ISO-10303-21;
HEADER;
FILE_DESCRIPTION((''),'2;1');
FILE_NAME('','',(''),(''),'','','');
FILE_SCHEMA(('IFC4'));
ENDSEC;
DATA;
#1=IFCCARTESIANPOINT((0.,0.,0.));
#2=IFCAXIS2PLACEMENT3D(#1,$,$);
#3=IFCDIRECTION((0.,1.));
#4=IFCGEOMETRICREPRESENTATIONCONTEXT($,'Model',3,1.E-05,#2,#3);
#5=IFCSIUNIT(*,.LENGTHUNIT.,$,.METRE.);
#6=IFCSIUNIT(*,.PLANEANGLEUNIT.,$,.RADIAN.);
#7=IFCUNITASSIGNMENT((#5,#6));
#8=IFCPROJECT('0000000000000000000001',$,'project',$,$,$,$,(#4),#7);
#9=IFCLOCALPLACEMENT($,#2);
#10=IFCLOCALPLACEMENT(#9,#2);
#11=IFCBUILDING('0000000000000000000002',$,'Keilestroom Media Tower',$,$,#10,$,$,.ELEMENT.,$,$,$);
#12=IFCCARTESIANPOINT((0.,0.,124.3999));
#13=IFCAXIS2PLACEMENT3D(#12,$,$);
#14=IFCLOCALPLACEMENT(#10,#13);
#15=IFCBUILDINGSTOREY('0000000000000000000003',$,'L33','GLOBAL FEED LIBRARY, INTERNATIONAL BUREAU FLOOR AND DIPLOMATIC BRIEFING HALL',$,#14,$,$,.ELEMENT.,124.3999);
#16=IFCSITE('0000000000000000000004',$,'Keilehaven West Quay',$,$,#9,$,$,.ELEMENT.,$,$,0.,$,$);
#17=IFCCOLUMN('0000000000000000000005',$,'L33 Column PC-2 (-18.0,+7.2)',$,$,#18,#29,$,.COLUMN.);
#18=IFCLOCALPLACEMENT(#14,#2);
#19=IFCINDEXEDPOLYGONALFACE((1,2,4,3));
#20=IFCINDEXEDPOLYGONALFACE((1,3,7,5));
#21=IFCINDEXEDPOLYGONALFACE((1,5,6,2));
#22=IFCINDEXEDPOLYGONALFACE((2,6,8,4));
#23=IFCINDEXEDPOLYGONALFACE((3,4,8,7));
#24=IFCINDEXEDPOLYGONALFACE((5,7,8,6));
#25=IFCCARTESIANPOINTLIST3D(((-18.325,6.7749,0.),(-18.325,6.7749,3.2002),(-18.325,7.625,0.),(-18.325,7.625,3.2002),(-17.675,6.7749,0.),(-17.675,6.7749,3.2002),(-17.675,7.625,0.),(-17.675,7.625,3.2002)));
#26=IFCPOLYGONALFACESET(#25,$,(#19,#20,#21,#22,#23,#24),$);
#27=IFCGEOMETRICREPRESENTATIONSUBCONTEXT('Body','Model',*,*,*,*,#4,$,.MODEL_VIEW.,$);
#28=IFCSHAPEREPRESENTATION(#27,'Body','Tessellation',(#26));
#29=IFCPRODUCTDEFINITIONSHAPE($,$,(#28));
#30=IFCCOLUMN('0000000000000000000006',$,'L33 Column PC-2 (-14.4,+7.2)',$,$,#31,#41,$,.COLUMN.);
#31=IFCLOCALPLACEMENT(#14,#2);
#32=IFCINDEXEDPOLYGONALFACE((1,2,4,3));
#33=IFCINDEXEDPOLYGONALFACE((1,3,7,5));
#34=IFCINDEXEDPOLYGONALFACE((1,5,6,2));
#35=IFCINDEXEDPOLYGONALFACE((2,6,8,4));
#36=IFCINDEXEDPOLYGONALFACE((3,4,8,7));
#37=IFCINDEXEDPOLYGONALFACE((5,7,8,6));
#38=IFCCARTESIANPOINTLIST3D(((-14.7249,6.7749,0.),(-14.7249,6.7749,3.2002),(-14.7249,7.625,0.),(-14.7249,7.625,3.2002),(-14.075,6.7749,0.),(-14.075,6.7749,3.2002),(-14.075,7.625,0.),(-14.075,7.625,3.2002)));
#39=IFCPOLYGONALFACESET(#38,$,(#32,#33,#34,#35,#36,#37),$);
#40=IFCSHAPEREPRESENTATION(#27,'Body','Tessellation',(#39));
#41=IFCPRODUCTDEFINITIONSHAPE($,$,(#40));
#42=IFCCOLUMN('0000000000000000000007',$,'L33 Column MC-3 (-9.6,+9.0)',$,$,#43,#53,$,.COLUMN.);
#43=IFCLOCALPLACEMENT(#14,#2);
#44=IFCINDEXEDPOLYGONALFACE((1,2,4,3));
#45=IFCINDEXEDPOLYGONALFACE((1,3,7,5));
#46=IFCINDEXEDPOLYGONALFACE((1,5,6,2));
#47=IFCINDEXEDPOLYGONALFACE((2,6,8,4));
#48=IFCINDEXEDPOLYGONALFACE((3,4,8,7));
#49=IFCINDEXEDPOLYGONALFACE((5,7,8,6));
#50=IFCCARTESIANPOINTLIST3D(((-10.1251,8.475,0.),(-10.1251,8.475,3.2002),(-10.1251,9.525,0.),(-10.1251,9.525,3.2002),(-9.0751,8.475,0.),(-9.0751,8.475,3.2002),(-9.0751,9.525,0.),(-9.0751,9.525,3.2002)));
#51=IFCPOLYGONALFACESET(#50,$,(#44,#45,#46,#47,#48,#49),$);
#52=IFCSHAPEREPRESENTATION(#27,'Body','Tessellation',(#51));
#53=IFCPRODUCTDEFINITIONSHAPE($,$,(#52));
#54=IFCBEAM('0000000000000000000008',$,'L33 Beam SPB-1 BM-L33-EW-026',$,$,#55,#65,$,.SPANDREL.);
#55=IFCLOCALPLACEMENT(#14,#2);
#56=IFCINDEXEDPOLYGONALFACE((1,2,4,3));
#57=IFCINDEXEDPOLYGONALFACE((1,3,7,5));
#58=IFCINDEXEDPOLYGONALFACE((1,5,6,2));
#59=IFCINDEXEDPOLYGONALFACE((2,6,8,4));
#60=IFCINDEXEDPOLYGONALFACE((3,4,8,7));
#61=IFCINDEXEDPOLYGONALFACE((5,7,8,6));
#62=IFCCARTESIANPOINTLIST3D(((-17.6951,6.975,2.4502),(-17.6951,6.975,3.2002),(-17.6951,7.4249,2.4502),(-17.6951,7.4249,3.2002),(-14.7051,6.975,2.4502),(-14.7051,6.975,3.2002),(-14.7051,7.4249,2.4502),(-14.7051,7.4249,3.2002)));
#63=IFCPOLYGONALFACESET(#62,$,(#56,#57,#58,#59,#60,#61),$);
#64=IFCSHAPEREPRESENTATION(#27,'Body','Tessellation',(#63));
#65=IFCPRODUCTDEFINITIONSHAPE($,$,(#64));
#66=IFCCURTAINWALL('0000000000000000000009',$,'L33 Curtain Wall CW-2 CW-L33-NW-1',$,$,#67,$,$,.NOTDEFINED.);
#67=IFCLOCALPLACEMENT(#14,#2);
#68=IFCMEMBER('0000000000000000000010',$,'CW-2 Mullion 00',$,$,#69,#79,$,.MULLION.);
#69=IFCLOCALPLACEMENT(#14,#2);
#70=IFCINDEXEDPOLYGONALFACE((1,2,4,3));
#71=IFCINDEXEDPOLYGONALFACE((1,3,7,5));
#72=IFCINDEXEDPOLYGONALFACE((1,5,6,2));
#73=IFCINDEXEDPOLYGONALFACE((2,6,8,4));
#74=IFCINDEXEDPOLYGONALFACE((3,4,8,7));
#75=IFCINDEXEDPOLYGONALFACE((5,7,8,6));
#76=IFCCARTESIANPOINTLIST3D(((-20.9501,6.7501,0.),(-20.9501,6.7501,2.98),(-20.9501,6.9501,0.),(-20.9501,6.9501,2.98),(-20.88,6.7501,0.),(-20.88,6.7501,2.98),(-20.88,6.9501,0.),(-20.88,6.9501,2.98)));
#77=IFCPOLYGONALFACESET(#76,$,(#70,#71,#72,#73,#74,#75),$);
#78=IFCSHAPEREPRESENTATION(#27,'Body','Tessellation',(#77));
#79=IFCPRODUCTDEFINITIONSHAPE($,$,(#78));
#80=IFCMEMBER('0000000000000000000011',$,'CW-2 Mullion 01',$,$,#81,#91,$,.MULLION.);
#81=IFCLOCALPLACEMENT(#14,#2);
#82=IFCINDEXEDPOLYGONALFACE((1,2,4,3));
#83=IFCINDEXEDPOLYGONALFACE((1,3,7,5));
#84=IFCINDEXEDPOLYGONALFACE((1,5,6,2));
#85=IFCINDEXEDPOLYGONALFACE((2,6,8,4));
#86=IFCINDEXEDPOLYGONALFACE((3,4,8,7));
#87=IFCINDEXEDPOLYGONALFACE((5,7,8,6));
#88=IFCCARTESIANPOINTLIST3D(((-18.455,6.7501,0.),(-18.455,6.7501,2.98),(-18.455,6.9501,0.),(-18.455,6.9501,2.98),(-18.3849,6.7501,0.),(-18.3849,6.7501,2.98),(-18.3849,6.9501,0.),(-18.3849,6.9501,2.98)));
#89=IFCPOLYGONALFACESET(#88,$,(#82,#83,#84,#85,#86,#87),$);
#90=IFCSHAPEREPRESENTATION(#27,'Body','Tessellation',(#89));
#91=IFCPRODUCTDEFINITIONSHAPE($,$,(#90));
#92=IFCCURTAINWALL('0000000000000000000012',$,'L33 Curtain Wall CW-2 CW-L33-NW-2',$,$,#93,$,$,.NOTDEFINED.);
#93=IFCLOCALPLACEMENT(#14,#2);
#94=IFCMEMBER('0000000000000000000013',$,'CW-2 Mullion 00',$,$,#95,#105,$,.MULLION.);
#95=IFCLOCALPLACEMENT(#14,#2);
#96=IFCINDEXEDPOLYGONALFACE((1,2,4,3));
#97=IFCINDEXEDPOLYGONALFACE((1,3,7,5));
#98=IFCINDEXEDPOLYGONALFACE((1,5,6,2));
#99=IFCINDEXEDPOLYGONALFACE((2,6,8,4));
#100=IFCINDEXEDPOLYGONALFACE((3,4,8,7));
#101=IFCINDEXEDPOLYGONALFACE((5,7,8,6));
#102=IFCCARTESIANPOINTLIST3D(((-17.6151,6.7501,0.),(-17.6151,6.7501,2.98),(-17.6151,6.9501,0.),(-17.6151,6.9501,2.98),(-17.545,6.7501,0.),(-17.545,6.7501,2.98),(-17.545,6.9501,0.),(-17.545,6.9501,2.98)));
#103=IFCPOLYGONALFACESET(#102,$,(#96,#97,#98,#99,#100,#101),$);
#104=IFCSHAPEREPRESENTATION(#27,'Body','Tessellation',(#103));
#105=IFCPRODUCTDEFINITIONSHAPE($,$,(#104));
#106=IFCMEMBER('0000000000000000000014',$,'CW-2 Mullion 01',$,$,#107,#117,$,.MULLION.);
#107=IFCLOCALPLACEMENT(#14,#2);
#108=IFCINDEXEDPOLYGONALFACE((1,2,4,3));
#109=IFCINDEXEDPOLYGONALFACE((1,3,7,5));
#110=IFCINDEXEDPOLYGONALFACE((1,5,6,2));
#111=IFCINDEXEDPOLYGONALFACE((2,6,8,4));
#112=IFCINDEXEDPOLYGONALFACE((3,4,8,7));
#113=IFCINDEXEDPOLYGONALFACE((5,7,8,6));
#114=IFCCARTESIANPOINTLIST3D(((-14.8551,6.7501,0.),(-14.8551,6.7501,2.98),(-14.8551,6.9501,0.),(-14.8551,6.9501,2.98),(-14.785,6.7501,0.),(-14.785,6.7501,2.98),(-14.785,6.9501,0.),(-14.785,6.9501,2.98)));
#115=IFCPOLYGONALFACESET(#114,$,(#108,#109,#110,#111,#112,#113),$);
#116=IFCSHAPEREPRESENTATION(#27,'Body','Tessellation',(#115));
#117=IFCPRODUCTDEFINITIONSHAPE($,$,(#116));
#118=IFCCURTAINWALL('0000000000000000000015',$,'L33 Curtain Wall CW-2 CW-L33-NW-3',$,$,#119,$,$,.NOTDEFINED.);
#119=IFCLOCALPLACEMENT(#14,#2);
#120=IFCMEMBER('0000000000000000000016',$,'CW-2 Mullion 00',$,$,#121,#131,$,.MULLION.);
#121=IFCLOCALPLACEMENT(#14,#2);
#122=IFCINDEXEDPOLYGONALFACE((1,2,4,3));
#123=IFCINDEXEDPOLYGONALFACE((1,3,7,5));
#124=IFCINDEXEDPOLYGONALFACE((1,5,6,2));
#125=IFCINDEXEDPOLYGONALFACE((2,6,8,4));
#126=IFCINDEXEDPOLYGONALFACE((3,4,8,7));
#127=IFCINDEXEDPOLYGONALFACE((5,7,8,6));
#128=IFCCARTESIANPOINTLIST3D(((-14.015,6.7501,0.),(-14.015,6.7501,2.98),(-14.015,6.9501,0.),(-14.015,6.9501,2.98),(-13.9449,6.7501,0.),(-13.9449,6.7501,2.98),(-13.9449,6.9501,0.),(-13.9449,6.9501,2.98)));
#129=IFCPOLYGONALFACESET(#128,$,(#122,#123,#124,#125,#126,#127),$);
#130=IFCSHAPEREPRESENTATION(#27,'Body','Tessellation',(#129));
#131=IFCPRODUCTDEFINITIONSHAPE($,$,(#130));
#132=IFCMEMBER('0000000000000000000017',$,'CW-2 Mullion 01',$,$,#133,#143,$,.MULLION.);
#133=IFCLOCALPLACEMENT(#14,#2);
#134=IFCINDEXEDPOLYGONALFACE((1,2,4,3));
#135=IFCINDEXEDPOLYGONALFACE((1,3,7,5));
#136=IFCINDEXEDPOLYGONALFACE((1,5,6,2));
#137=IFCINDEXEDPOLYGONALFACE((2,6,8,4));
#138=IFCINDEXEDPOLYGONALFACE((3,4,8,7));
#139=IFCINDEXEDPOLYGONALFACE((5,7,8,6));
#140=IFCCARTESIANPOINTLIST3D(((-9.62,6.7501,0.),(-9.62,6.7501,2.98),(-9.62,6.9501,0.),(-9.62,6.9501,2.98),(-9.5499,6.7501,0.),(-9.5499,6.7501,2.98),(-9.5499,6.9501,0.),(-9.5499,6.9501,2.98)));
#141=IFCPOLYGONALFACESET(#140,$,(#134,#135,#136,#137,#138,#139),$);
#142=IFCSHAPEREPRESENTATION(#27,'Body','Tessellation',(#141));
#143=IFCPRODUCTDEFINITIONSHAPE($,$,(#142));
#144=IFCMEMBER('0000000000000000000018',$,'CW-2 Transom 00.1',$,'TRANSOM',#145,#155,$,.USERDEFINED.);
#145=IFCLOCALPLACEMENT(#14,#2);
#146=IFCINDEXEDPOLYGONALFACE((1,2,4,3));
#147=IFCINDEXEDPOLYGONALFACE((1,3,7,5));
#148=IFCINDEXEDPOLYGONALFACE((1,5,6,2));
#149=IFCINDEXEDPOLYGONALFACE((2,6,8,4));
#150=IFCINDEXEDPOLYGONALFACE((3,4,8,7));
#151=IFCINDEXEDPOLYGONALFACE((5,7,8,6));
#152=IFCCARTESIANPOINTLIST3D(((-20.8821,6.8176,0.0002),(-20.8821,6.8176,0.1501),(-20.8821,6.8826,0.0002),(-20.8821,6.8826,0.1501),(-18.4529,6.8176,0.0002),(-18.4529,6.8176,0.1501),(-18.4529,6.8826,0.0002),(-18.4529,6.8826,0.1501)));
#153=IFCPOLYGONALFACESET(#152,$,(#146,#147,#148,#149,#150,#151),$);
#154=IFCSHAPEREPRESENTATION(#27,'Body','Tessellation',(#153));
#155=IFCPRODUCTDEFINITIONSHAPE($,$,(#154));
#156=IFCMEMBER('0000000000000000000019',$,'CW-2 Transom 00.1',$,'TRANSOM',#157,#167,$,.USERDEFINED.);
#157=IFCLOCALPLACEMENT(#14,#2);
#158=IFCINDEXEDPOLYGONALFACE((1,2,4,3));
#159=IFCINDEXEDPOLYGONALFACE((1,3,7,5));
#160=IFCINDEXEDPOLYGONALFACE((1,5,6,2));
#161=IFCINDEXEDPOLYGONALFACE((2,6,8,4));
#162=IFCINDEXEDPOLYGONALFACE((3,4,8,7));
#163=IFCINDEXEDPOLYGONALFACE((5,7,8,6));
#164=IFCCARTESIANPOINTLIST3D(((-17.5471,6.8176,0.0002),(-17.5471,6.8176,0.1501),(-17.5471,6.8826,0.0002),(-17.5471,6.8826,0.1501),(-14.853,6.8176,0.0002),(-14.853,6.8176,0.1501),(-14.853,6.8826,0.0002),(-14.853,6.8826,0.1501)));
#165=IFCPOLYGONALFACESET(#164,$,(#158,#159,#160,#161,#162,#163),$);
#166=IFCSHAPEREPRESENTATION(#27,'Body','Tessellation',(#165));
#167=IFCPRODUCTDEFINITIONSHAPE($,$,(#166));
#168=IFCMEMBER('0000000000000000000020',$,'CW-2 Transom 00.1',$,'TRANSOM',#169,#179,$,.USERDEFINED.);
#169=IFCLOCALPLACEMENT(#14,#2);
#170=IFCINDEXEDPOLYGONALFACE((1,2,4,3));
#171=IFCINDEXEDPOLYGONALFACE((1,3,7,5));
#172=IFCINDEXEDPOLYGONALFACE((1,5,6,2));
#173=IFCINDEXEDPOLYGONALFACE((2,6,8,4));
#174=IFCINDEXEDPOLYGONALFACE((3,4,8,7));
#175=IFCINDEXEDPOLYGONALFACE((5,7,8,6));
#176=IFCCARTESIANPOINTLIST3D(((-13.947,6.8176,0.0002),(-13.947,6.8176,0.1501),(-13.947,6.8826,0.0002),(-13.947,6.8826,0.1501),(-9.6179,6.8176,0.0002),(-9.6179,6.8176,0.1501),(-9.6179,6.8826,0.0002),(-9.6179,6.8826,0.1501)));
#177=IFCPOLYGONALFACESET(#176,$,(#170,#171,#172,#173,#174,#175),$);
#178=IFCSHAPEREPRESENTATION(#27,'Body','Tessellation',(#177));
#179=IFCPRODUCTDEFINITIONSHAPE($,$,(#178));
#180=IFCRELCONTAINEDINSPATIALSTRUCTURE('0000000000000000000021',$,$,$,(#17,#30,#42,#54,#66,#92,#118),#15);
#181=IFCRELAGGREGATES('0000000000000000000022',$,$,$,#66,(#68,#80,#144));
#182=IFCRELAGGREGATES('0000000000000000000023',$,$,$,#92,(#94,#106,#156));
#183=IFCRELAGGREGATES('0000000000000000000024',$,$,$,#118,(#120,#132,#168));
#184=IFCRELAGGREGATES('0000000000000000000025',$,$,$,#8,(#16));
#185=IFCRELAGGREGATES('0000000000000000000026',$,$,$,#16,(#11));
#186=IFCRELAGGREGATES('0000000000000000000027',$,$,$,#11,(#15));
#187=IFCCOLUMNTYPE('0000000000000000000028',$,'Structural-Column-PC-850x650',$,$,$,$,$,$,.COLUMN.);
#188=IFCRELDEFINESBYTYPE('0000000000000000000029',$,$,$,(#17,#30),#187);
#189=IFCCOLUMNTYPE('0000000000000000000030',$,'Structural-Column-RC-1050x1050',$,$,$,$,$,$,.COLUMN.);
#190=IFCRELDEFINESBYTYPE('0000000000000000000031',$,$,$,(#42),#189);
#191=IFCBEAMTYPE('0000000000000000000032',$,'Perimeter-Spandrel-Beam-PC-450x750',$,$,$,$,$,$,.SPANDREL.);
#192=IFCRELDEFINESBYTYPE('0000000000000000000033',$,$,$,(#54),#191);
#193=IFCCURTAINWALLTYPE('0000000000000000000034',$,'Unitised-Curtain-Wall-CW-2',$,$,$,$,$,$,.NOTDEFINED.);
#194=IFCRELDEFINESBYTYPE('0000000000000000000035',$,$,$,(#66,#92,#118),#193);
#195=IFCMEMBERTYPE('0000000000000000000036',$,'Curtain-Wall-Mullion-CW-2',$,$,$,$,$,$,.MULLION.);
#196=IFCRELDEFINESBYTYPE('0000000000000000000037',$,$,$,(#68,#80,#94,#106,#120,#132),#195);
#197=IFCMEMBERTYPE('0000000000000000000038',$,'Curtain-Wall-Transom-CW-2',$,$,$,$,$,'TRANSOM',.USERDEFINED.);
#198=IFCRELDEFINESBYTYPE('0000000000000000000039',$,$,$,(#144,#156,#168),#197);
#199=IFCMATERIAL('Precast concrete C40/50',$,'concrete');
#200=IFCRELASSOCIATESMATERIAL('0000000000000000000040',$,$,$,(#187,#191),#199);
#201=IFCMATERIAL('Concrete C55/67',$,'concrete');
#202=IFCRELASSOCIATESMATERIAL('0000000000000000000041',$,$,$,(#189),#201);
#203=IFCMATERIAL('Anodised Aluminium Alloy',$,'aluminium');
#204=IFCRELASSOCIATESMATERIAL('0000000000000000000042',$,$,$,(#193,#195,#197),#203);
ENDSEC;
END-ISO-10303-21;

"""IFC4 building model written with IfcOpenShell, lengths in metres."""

from ifc_helpers import new_model, si_unit, direction, frame, origin, origin_2d, place, context, subcontext, project, spatial, rectangle, extrude, source, transform, mapped, material, material_profile, profile_set, type_object, element, aggregate, save


model = new_model("IFC4")

# Units and contexts
model_context = context("Model", 3, precision=1e-05, world=origin(), true_north=direction((0.0, 1.0)))
body_context = subcontext(model_context, "Body", "Model", "MODEL_VIEW")
ifc_project = project(units=[si_unit("LENGTHUNIT", "METRE"), si_unit("PLANEANGLEUNIT", "RADIAN")], contexts=[model_context])

# Site, building, storey
site_placement = place(None, origin())
site = spatial("IfcSite", under=ifc_project, at=site_placement, Name="Keilehaven West Quay", CompositionType="ELEMENT", RefElevation=0.0)
building_placement = place(site_placement, origin())
building = spatial("IfcBuilding", under=site, at=building_placement, Name="Keilestroom Media Tower", CompositionType="ELEMENT")
storey_placement = place(building_placement, frame((0.0, 0.0, 124.3999)))
storey = spatial("IfcBuildingStorey", under=building, at=storey_placement, Name="L33", Description="GLOBAL FEED LIBRARY, INTERNATIONAL BUREAU FLOOR AND DIPLOMATIC BRIEFING HALL", CompositionType="ELEMENT", Elevation=124.3999)

# Columns
ifc_material_1 = material(Name="Precast concrete C40/50", Category="concrete")
ifc_material_profile_1 = material_profile(ifc_material_1, rectangle(XDim=0.6499, YDim=0.8501, at=origin_2d()), Name="PC 850x650")
ifc_profile_set_1 = profile_set([ifc_material_profile_1], Name="Precast concrete C40/50")
column_type_1 = type_object("IfcColumnType", Name="Structural-Column-PC-850x650", PredefinedType="COLUMN", material=ifc_profile_set_1)
shared_shape_1 = source(origin(), body_context, "Body", "SweptSolid", [
    extrude(rectangle(XDim=0.6499, YDim=0.8501, at=origin_2d()), origin(), (0.0, 0.0, 1.0), 3.2002),
])
for number, where, z_axis, x_axis, name in (
    (1, (-18.0, 7.2, 0.0), (0.0, 0.0, 1.0), (1.0, 0.0, 0.0), "L33 Column PC-2 (-18.0,+7.2)"),
    (2, (-14.3999, 7.2, 0.0), (0.0, 0.0, 1.0), (1.0, 0.0, 0.0), "L33 Column PC-2 (-14.4,+7.2)"),
):
    element("IfcColumn", number, at=place(storey_placement, frame(where, z_axis=z_axis, x_axis=x_axis)), inside=storey, type_object=column_type_1, Name=name, PredefinedType="COLUMN", context=body_context, shape_type="MappedRepresentation", body=[
        mapped(shared_shape_1, transform((0.0, 0.0, 0.0), x_axis=(1.0, 0.0, 0.0), y_axis=(0.0, 1.0, 0.0), z_axis=(0.0, 0.0, 1.0), scale=1.0)),
    ])
ifc_material_2 = material(Name="Concrete C55/67", Category="concrete")
ifc_material_profile_2 = material_profile(ifc_material_2, rectangle(XDim=1.05, YDim=1.05, at=origin_2d()), Name="RC 1050x1050")
ifc_profile_set_2 = profile_set([ifc_material_profile_2], Name="Concrete C55/67")
column_type_2 = type_object("IfcColumnType", Name="Structural-Column-RC-1050x1050", PredefinedType="COLUMN", material=ifc_profile_set_2)
shared_shape_2 = source(origin(), body_context, "Body", "SweptSolid", [
    extrude(rectangle(XDim=1.05, YDim=1.05, at=origin_2d()), origin(), (0.0, 0.0, 1.0), 3.2002),
])
column_placement = place(storey_placement, frame((-9.6001, 9.0, 0.0), z_axis=(0.0, 0.0, 1.0), x_axis=(1.0, 0.0, 0.0)))
element("IfcColumn", 3, at=column_placement, inside=storey, type_object=column_type_2, Name="L33 Column MC-3 (-9.6,+9.0)", PredefinedType="COLUMN", context=body_context, shape_type="MappedRepresentation", body=[
    mapped(shared_shape_2, transform((0.0, 0.0, 0.0), x_axis=(1.0, 0.0, 0.0), y_axis=(0.0, 1.0, 0.0), z_axis=(0.0, 0.0, 1.0), scale=1.0)),
])

# Beam
ifc_material_profile_3 = material_profile(ifc_material_1, rectangle(XDim=0.45, YDim=0.75, at=origin_2d()), Name="PC 450x750")
ifc_profile_set_3 = profile_set([ifc_material_profile_3], Name="Precast concrete C40/50")
beam_type = type_object("IfcBeamType", Name="Perimeter-Spandrel-Beam-PC-450x750", PredefinedType="SPANDREL", material=ifc_profile_set_3)
shared_shape_3 = source(origin(), body_context, "Body", "SweptSolid", [
    extrude(rectangle(XDim=0.45, YDim=0.75, at=origin_2d()), origin(), (0.0, 0.0, 1.0), 2.99),
])
beam_placement = place(storey_placement, frame((-17.6951, 7.2, 2.8252), z_axis=(1.0, 0.0, 0.0), x_axis=(0.0, 1.0, 0.0)))
element("IfcBeam", 4, at=beam_placement, inside=storey, type_object=beam_type, Name="L33 Beam SPB-1 BM-L33-EW-026", PredefinedType="SPANDREL", context=body_context, shape_type="MappedRepresentation", body=[
    mapped(shared_shape_3, transform((0.0, 0.0, 0.0), x_axis=(1.0, 0.0, 0.0), y_axis=(0.0, 1.0, 0.0), z_axis=(0.0, 0.0, 1.0), scale=1.0)),
])

# Curtain walls, members
ifc_material_3 = material(Name="Anodised Aluminium Alloy", Category="aluminium")
curtain_wall_type = type_object("IfcCurtainWallType", Name="Unitised-Curtain-Wall-CW-2", PredefinedType="NOTDEFINED", material=ifc_material_3)
curtain_wall_1_placement = place(storey_placement, origin())
curtain_wall_1 = element("IfcCurtainWall", 5, at=curtain_wall_1_placement, inside=storey, type_object=curtain_wall_type, Name="L33 Curtain Wall CW-2 CW-L33-NW-1", PredefinedType="NOTDEFINED")
ifc_material_profile_4 = material_profile(ifc_material_3, rectangle(XDim=0.0701, YDim=0.2, at=origin_2d()), Name="ALU MULLION 70x200")
ifc_profile_set_4 = profile_set([ifc_material_profile_4], Name="Anodised Aluminium Alloy")
member_type_1 = type_object("IfcMemberType", Name="Curtain-Wall-Mullion-CW-2", PredefinedType="MULLION", material=ifc_profile_set_4)
shared_shape_4 = source(origin(), body_context, "Body", "SweptSolid", [
    extrude(rectangle(XDim=0.0701, YDim=0.2, at=origin_2d()), origin(), (0.0, 0.0, 1.0), 2.98),
])
member_1_placement = place(storey_placement, frame((-20.915, 6.8501, 0.0), z_axis=(0.0, 0.0, 1.0), x_axis=(1.0, 0.0, 0.0)))
member_1 = element("IfcMember", 6, at=member_1_placement, type_object=member_type_1, Name="CW-2 Mullion 00", PredefinedType="MULLION", context=body_context, shape_type="MappedRepresentation", body=[
    mapped(shared_shape_4, transform((0.0, 0.0, 0.0), x_axis=(1.0, 0.0, 0.0), y_axis=(0.0, 1.0, 0.0), z_axis=(0.0, 0.0, 1.0), scale=1.0)),
])
member_2_placement = place(storey_placement, frame((-18.4199, 6.8501, 0.0), z_axis=(0.0, 0.0, 1.0), x_axis=(1.0, 0.0, 0.0)))
member_2 = element("IfcMember", 7, at=member_2_placement, type_object=member_type_1, Name="CW-2 Mullion 01", PredefinedType="MULLION", context=body_context, shape_type="MappedRepresentation", body=[
    mapped(shared_shape_4, transform((0.0, 0.0, 0.0), x_axis=(1.0, 0.0, 0.0), y_axis=(0.0, 1.0, 0.0), z_axis=(0.0, 0.0, 1.0), scale=1.0)),
])
curtain_wall_2_placement = place(storey_placement, origin())
curtain_wall_2 = element("IfcCurtainWall", 8, at=curtain_wall_2_placement, inside=storey, type_object=curtain_wall_type, Name="L33 Curtain Wall CW-2 CW-L33-NW-2", PredefinedType="NOTDEFINED")
member_3_placement = place(storey_placement, frame((-17.5801, 6.8501, 0.0), z_axis=(0.0, 0.0, 1.0), x_axis=(1.0, 0.0, 0.0)))
member_3 = element("IfcMember", 9, at=member_3_placement, type_object=member_type_1, Name="CW-2 Mullion 00", PredefinedType="MULLION", context=body_context, shape_type="MappedRepresentation", body=[
    mapped(shared_shape_4, transform((0.0, 0.0, 0.0), x_axis=(1.0, 0.0, 0.0), y_axis=(0.0, 1.0, 0.0), z_axis=(0.0, 0.0, 1.0), scale=1.0)),
])
member_4_placement = place(storey_placement, frame((-14.8201, 6.8501, 0.0), z_axis=(0.0, 0.0, 1.0), x_axis=(1.0, 0.0, 0.0)))
member_4 = element("IfcMember", 10, at=member_4_placement, type_object=member_type_1, Name="CW-2 Mullion 01", PredefinedType="MULLION", context=body_context, shape_type="MappedRepresentation", body=[
    mapped(shared_shape_4, transform((0.0, 0.0, 0.0), x_axis=(1.0, 0.0, 0.0), y_axis=(0.0, 1.0, 0.0), z_axis=(0.0, 0.0, 1.0), scale=1.0)),
])
curtain_wall_3_placement = place(storey_placement, origin())
curtain_wall_3 = element("IfcCurtainWall", 11, at=curtain_wall_3_placement, inside=storey, type_object=curtain_wall_type, Name="L33 Curtain Wall CW-2 CW-L33-NW-3", PredefinedType="NOTDEFINED")
member_5_placement = place(storey_placement, frame((-13.98, 6.8501, 0.0), z_axis=(0.0, 0.0, 1.0), x_axis=(1.0, 0.0, 0.0)))
member_5 = element("IfcMember", 12, at=member_5_placement, type_object=member_type_1, Name="CW-2 Mullion 00", PredefinedType="MULLION", context=body_context, shape_type="MappedRepresentation", body=[
    mapped(shared_shape_4, transform((0.0, 0.0, 0.0), x_axis=(1.0, 0.0, 0.0), y_axis=(0.0, 1.0, 0.0), z_axis=(0.0, 0.0, 1.0), scale=1.0)),
])
member_6_placement = place(storey_placement, frame((-9.585, 6.8501, 0.0), z_axis=(0.0, 0.0, 1.0), x_axis=(1.0, 0.0, 0.0)))
member_6 = element("IfcMember", 13, at=member_6_placement, type_object=member_type_1, Name="CW-2 Mullion 01", PredefinedType="MULLION", context=body_context, shape_type="MappedRepresentation", body=[
    mapped(shared_shape_4, transform((0.0, 0.0, 0.0), x_axis=(1.0, 0.0, 0.0), y_axis=(0.0, 1.0, 0.0), z_axis=(0.0, 0.0, 1.0), scale=1.0)),
])

# Members
ifc_material_profile_5 = material_profile(ifc_material_3, rectangle(XDim=0.0649, YDim=0.1499, at=origin_2d()), Name="ALU TRANSOM 65x150")
ifc_profile_set_5 = profile_set([ifc_material_profile_5], Name="Anodised Aluminium Alloy")
member_type_2 = type_object("IfcMemberType", Name="Curtain-Wall-Transom-CW-2", ElementType="TRANSOM", PredefinedType="USERDEFINED", material=ifc_profile_set_5)
shared_shape_5 = source(origin(), body_context, "Body", "SweptSolid", [
    extrude(rectangle(XDim=0.0649, YDim=0.1499, at=origin_2d()), origin(), (0.0, 0.0, 1.0), 2.4292),
])
member_7_placement = place(storey_placement, frame((-20.8821, 6.8501, 0.0752), z_axis=(1.0, 0.0, 0.0), x_axis=(0.0, 1.0, 0.0)))
member_7 = element("IfcMember", 14, at=member_7_placement, type_object=member_type_2, Name="CW-2 Transom 00.1", ObjectType="TRANSOM", PredefinedType="USERDEFINED", context=body_context, shape_type="MappedRepresentation", body=[
    mapped(shared_shape_5, transform((0.0, 0.0, 0.0), x_axis=(1.0, 0.0, 0.0), y_axis=(0.0, 1.0, 0.0), z_axis=(0.0, 0.0, 1.0), scale=1.0)),
])
shared_shape_6 = source(origin(), body_context, "Body", "SweptSolid", [
    extrude(rectangle(XDim=0.0649, YDim=0.1499, at=origin_2d()), origin(), (0.0, 0.0, 1.0), 2.6941),
])
member_8_placement = place(storey_placement, frame((-17.5471, 6.8501, 0.0752), z_axis=(1.0, 0.0, 0.0), x_axis=(0.0, 1.0, 0.0)))
member_8 = element("IfcMember", 15, at=member_8_placement, type_object=member_type_2, Name="CW-2 Transom 00.1", ObjectType="TRANSOM", PredefinedType="USERDEFINED", context=body_context, shape_type="MappedRepresentation", body=[
    mapped(shared_shape_6, transform((0.0, 0.0, 0.0), x_axis=(1.0, 0.0, 0.0), y_axis=(0.0, 1.0, 0.0), z_axis=(0.0, 0.0, 1.0), scale=1.0)),
])
shared_shape_7 = source(origin(), body_context, "Body", "SweptSolid", [
    extrude(rectangle(XDim=0.0649, YDim=0.1499, at=origin_2d()), origin(), (0.0, 0.0, 1.0), 4.3291),
])
member_9_placement = place(storey_placement, frame((-13.947, 6.8501, 0.0752), z_axis=(1.0, 0.0, 0.0), x_axis=(0.0, 1.0, 0.0)))
member_9 = element("IfcMember", 16, at=member_9_placement, type_object=member_type_2, Name="CW-2 Transom 00.1", ObjectType="TRANSOM", PredefinedType="USERDEFINED", context=body_context, shape_type="MappedRepresentation", body=[
    mapped(shared_shape_7, transform((0.0, 0.0, 0.0), x_axis=(1.0, 0.0, 0.0), y_axis=(0.0, 1.0, 0.0), z_axis=(0.0, 0.0, 1.0), scale=1.0)),
])

aggregate(curtain_wall_1, [member_1, member_2, member_7])
aggregate(curtain_wall_2, [member_3, member_4, member_8])
aggregate(curtain_wall_3, [member_5, member_6, member_9])

save(model, "model.ifc")
